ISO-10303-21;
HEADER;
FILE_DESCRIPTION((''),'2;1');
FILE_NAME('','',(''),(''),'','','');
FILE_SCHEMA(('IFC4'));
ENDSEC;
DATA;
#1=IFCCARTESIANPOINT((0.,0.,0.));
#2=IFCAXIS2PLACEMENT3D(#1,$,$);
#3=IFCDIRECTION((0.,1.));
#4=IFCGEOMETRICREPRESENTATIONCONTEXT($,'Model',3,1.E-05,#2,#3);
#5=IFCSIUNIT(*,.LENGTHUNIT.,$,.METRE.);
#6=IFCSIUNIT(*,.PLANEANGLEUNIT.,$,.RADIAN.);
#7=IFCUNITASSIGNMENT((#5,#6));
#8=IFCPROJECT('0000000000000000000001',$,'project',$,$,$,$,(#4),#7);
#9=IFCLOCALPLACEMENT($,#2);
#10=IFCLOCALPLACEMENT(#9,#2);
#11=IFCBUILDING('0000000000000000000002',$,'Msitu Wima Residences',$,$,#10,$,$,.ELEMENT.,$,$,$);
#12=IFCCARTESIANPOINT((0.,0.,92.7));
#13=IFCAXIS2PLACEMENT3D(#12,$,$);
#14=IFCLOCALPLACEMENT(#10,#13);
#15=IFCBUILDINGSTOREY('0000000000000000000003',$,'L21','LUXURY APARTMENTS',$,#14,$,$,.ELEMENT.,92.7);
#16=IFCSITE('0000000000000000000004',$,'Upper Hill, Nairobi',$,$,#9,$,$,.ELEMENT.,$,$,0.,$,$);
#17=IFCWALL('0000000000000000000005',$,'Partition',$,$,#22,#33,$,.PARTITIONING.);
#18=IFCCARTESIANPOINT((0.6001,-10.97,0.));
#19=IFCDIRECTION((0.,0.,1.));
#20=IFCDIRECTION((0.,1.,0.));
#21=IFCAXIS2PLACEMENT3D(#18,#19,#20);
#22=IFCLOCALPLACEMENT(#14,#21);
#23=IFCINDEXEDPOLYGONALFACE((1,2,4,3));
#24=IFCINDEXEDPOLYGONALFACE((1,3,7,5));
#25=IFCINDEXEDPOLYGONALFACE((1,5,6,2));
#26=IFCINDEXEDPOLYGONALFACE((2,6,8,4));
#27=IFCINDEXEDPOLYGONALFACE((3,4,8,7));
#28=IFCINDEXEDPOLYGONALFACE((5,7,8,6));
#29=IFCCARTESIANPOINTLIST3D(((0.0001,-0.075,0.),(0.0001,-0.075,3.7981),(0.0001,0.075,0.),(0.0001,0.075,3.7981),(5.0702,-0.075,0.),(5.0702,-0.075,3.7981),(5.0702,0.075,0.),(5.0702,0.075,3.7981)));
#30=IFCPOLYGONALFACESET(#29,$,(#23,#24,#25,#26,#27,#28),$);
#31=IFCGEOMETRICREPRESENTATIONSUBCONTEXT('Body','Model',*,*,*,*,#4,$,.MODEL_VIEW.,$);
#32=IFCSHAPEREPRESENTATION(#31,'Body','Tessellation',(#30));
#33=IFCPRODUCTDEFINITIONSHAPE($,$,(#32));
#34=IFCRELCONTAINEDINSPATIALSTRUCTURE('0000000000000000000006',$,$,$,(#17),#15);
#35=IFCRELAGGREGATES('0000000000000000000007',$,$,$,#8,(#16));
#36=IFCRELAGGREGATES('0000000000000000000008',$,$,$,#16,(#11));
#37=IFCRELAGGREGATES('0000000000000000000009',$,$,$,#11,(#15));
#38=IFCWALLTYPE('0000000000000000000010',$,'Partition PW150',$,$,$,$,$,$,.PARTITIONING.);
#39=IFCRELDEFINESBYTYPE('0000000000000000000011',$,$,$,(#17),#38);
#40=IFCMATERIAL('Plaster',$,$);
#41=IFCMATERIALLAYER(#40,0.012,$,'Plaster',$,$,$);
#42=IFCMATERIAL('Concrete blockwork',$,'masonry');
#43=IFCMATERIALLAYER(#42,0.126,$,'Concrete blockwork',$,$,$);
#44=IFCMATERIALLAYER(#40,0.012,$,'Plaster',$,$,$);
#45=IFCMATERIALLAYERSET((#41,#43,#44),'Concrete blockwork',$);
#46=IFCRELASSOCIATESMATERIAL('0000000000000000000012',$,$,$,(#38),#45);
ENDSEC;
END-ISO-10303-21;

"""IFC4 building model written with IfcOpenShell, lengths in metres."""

from ifc_helpers import new_model, si_unit, direction, frame, frame_2d, origin, place, context, subcontext, project, spatial, rectangle, extrude, material, layer, layer_set, type_object, element, save


model = new_model("IFC4")

# Units and contexts
model_context = context("Model", 3, precision=1e-05, world=origin(), true_north=direction((0.0, 1.0)))
body_context = subcontext(model_context, "Body", "Model", "MODEL_VIEW")
ifc_project = project(units=[si_unit("LENGTHUNIT", "METRE"), si_unit("PLANEANGLEUNIT", "RADIAN")], contexts=[model_context])

# Site, building, storey
site_placement = place(None, origin())
site = spatial("IfcSite", under=ifc_project, at=site_placement, Name="Upper Hill, Nairobi", CompositionType="ELEMENT", RefElevation=0.0)
building_placement = place(site_placement, origin())
building = spatial("IfcBuilding", under=site, at=building_placement, Name="Msitu Wima Residences", CompositionType="ELEMENT")
storey_placement = place(building_placement, frame((0.0, 0.0, 92.7)))
storey = spatial("IfcBuildingStorey", under=building, at=storey_placement, Name="L21", Description="LUXURY APARTMENTS", CompositionType="ELEMENT", Elevation=92.7)

# Wall
ifc_material_1 = material(Name="Plaster")
ifc_layer_1 = layer(ifc_material_1, 0.012, Name="Plaster")
ifc_material_2 = material(Name="Concrete blockwork", Category="masonry")
ifc_layer_2 = layer(ifc_material_2, 0.126, Name="Concrete blockwork")
ifc_layer_3 = layer(ifc_material_1, 0.012, Name="Plaster")
ifc_layer_set_1 = layer_set([ifc_layer_1, ifc_layer_2, ifc_layer_3], Name="Concrete blockwork")
wall_type_1 = type_object("IfcWallType", Name="Partition PW150", PredefinedType="PARTITIONING", material=ifc_layer_set_1)
wall_1_placement = place(storey_placement, frame((0.6001, -10.97, 0.0), z_axis=(0.0, 0.0, 1.0), x_axis=(0.0, 1.0, 0.0)))
element("IfcWall", 1, at=wall_1_placement, inside=storey, type_object=wall_type_1, Name="Partition", PredefinedType="PARTITIONING", context=body_context, shape_type="SweptSolid", body=[
    extrude(rectangle(XDim=5.0701, YDim=0.1499, at=frame_2d((2.5352, 0.0))), origin(), (0.0, 0.0, 1.0), 3.7981),
])

save(model, "model.ifc")
